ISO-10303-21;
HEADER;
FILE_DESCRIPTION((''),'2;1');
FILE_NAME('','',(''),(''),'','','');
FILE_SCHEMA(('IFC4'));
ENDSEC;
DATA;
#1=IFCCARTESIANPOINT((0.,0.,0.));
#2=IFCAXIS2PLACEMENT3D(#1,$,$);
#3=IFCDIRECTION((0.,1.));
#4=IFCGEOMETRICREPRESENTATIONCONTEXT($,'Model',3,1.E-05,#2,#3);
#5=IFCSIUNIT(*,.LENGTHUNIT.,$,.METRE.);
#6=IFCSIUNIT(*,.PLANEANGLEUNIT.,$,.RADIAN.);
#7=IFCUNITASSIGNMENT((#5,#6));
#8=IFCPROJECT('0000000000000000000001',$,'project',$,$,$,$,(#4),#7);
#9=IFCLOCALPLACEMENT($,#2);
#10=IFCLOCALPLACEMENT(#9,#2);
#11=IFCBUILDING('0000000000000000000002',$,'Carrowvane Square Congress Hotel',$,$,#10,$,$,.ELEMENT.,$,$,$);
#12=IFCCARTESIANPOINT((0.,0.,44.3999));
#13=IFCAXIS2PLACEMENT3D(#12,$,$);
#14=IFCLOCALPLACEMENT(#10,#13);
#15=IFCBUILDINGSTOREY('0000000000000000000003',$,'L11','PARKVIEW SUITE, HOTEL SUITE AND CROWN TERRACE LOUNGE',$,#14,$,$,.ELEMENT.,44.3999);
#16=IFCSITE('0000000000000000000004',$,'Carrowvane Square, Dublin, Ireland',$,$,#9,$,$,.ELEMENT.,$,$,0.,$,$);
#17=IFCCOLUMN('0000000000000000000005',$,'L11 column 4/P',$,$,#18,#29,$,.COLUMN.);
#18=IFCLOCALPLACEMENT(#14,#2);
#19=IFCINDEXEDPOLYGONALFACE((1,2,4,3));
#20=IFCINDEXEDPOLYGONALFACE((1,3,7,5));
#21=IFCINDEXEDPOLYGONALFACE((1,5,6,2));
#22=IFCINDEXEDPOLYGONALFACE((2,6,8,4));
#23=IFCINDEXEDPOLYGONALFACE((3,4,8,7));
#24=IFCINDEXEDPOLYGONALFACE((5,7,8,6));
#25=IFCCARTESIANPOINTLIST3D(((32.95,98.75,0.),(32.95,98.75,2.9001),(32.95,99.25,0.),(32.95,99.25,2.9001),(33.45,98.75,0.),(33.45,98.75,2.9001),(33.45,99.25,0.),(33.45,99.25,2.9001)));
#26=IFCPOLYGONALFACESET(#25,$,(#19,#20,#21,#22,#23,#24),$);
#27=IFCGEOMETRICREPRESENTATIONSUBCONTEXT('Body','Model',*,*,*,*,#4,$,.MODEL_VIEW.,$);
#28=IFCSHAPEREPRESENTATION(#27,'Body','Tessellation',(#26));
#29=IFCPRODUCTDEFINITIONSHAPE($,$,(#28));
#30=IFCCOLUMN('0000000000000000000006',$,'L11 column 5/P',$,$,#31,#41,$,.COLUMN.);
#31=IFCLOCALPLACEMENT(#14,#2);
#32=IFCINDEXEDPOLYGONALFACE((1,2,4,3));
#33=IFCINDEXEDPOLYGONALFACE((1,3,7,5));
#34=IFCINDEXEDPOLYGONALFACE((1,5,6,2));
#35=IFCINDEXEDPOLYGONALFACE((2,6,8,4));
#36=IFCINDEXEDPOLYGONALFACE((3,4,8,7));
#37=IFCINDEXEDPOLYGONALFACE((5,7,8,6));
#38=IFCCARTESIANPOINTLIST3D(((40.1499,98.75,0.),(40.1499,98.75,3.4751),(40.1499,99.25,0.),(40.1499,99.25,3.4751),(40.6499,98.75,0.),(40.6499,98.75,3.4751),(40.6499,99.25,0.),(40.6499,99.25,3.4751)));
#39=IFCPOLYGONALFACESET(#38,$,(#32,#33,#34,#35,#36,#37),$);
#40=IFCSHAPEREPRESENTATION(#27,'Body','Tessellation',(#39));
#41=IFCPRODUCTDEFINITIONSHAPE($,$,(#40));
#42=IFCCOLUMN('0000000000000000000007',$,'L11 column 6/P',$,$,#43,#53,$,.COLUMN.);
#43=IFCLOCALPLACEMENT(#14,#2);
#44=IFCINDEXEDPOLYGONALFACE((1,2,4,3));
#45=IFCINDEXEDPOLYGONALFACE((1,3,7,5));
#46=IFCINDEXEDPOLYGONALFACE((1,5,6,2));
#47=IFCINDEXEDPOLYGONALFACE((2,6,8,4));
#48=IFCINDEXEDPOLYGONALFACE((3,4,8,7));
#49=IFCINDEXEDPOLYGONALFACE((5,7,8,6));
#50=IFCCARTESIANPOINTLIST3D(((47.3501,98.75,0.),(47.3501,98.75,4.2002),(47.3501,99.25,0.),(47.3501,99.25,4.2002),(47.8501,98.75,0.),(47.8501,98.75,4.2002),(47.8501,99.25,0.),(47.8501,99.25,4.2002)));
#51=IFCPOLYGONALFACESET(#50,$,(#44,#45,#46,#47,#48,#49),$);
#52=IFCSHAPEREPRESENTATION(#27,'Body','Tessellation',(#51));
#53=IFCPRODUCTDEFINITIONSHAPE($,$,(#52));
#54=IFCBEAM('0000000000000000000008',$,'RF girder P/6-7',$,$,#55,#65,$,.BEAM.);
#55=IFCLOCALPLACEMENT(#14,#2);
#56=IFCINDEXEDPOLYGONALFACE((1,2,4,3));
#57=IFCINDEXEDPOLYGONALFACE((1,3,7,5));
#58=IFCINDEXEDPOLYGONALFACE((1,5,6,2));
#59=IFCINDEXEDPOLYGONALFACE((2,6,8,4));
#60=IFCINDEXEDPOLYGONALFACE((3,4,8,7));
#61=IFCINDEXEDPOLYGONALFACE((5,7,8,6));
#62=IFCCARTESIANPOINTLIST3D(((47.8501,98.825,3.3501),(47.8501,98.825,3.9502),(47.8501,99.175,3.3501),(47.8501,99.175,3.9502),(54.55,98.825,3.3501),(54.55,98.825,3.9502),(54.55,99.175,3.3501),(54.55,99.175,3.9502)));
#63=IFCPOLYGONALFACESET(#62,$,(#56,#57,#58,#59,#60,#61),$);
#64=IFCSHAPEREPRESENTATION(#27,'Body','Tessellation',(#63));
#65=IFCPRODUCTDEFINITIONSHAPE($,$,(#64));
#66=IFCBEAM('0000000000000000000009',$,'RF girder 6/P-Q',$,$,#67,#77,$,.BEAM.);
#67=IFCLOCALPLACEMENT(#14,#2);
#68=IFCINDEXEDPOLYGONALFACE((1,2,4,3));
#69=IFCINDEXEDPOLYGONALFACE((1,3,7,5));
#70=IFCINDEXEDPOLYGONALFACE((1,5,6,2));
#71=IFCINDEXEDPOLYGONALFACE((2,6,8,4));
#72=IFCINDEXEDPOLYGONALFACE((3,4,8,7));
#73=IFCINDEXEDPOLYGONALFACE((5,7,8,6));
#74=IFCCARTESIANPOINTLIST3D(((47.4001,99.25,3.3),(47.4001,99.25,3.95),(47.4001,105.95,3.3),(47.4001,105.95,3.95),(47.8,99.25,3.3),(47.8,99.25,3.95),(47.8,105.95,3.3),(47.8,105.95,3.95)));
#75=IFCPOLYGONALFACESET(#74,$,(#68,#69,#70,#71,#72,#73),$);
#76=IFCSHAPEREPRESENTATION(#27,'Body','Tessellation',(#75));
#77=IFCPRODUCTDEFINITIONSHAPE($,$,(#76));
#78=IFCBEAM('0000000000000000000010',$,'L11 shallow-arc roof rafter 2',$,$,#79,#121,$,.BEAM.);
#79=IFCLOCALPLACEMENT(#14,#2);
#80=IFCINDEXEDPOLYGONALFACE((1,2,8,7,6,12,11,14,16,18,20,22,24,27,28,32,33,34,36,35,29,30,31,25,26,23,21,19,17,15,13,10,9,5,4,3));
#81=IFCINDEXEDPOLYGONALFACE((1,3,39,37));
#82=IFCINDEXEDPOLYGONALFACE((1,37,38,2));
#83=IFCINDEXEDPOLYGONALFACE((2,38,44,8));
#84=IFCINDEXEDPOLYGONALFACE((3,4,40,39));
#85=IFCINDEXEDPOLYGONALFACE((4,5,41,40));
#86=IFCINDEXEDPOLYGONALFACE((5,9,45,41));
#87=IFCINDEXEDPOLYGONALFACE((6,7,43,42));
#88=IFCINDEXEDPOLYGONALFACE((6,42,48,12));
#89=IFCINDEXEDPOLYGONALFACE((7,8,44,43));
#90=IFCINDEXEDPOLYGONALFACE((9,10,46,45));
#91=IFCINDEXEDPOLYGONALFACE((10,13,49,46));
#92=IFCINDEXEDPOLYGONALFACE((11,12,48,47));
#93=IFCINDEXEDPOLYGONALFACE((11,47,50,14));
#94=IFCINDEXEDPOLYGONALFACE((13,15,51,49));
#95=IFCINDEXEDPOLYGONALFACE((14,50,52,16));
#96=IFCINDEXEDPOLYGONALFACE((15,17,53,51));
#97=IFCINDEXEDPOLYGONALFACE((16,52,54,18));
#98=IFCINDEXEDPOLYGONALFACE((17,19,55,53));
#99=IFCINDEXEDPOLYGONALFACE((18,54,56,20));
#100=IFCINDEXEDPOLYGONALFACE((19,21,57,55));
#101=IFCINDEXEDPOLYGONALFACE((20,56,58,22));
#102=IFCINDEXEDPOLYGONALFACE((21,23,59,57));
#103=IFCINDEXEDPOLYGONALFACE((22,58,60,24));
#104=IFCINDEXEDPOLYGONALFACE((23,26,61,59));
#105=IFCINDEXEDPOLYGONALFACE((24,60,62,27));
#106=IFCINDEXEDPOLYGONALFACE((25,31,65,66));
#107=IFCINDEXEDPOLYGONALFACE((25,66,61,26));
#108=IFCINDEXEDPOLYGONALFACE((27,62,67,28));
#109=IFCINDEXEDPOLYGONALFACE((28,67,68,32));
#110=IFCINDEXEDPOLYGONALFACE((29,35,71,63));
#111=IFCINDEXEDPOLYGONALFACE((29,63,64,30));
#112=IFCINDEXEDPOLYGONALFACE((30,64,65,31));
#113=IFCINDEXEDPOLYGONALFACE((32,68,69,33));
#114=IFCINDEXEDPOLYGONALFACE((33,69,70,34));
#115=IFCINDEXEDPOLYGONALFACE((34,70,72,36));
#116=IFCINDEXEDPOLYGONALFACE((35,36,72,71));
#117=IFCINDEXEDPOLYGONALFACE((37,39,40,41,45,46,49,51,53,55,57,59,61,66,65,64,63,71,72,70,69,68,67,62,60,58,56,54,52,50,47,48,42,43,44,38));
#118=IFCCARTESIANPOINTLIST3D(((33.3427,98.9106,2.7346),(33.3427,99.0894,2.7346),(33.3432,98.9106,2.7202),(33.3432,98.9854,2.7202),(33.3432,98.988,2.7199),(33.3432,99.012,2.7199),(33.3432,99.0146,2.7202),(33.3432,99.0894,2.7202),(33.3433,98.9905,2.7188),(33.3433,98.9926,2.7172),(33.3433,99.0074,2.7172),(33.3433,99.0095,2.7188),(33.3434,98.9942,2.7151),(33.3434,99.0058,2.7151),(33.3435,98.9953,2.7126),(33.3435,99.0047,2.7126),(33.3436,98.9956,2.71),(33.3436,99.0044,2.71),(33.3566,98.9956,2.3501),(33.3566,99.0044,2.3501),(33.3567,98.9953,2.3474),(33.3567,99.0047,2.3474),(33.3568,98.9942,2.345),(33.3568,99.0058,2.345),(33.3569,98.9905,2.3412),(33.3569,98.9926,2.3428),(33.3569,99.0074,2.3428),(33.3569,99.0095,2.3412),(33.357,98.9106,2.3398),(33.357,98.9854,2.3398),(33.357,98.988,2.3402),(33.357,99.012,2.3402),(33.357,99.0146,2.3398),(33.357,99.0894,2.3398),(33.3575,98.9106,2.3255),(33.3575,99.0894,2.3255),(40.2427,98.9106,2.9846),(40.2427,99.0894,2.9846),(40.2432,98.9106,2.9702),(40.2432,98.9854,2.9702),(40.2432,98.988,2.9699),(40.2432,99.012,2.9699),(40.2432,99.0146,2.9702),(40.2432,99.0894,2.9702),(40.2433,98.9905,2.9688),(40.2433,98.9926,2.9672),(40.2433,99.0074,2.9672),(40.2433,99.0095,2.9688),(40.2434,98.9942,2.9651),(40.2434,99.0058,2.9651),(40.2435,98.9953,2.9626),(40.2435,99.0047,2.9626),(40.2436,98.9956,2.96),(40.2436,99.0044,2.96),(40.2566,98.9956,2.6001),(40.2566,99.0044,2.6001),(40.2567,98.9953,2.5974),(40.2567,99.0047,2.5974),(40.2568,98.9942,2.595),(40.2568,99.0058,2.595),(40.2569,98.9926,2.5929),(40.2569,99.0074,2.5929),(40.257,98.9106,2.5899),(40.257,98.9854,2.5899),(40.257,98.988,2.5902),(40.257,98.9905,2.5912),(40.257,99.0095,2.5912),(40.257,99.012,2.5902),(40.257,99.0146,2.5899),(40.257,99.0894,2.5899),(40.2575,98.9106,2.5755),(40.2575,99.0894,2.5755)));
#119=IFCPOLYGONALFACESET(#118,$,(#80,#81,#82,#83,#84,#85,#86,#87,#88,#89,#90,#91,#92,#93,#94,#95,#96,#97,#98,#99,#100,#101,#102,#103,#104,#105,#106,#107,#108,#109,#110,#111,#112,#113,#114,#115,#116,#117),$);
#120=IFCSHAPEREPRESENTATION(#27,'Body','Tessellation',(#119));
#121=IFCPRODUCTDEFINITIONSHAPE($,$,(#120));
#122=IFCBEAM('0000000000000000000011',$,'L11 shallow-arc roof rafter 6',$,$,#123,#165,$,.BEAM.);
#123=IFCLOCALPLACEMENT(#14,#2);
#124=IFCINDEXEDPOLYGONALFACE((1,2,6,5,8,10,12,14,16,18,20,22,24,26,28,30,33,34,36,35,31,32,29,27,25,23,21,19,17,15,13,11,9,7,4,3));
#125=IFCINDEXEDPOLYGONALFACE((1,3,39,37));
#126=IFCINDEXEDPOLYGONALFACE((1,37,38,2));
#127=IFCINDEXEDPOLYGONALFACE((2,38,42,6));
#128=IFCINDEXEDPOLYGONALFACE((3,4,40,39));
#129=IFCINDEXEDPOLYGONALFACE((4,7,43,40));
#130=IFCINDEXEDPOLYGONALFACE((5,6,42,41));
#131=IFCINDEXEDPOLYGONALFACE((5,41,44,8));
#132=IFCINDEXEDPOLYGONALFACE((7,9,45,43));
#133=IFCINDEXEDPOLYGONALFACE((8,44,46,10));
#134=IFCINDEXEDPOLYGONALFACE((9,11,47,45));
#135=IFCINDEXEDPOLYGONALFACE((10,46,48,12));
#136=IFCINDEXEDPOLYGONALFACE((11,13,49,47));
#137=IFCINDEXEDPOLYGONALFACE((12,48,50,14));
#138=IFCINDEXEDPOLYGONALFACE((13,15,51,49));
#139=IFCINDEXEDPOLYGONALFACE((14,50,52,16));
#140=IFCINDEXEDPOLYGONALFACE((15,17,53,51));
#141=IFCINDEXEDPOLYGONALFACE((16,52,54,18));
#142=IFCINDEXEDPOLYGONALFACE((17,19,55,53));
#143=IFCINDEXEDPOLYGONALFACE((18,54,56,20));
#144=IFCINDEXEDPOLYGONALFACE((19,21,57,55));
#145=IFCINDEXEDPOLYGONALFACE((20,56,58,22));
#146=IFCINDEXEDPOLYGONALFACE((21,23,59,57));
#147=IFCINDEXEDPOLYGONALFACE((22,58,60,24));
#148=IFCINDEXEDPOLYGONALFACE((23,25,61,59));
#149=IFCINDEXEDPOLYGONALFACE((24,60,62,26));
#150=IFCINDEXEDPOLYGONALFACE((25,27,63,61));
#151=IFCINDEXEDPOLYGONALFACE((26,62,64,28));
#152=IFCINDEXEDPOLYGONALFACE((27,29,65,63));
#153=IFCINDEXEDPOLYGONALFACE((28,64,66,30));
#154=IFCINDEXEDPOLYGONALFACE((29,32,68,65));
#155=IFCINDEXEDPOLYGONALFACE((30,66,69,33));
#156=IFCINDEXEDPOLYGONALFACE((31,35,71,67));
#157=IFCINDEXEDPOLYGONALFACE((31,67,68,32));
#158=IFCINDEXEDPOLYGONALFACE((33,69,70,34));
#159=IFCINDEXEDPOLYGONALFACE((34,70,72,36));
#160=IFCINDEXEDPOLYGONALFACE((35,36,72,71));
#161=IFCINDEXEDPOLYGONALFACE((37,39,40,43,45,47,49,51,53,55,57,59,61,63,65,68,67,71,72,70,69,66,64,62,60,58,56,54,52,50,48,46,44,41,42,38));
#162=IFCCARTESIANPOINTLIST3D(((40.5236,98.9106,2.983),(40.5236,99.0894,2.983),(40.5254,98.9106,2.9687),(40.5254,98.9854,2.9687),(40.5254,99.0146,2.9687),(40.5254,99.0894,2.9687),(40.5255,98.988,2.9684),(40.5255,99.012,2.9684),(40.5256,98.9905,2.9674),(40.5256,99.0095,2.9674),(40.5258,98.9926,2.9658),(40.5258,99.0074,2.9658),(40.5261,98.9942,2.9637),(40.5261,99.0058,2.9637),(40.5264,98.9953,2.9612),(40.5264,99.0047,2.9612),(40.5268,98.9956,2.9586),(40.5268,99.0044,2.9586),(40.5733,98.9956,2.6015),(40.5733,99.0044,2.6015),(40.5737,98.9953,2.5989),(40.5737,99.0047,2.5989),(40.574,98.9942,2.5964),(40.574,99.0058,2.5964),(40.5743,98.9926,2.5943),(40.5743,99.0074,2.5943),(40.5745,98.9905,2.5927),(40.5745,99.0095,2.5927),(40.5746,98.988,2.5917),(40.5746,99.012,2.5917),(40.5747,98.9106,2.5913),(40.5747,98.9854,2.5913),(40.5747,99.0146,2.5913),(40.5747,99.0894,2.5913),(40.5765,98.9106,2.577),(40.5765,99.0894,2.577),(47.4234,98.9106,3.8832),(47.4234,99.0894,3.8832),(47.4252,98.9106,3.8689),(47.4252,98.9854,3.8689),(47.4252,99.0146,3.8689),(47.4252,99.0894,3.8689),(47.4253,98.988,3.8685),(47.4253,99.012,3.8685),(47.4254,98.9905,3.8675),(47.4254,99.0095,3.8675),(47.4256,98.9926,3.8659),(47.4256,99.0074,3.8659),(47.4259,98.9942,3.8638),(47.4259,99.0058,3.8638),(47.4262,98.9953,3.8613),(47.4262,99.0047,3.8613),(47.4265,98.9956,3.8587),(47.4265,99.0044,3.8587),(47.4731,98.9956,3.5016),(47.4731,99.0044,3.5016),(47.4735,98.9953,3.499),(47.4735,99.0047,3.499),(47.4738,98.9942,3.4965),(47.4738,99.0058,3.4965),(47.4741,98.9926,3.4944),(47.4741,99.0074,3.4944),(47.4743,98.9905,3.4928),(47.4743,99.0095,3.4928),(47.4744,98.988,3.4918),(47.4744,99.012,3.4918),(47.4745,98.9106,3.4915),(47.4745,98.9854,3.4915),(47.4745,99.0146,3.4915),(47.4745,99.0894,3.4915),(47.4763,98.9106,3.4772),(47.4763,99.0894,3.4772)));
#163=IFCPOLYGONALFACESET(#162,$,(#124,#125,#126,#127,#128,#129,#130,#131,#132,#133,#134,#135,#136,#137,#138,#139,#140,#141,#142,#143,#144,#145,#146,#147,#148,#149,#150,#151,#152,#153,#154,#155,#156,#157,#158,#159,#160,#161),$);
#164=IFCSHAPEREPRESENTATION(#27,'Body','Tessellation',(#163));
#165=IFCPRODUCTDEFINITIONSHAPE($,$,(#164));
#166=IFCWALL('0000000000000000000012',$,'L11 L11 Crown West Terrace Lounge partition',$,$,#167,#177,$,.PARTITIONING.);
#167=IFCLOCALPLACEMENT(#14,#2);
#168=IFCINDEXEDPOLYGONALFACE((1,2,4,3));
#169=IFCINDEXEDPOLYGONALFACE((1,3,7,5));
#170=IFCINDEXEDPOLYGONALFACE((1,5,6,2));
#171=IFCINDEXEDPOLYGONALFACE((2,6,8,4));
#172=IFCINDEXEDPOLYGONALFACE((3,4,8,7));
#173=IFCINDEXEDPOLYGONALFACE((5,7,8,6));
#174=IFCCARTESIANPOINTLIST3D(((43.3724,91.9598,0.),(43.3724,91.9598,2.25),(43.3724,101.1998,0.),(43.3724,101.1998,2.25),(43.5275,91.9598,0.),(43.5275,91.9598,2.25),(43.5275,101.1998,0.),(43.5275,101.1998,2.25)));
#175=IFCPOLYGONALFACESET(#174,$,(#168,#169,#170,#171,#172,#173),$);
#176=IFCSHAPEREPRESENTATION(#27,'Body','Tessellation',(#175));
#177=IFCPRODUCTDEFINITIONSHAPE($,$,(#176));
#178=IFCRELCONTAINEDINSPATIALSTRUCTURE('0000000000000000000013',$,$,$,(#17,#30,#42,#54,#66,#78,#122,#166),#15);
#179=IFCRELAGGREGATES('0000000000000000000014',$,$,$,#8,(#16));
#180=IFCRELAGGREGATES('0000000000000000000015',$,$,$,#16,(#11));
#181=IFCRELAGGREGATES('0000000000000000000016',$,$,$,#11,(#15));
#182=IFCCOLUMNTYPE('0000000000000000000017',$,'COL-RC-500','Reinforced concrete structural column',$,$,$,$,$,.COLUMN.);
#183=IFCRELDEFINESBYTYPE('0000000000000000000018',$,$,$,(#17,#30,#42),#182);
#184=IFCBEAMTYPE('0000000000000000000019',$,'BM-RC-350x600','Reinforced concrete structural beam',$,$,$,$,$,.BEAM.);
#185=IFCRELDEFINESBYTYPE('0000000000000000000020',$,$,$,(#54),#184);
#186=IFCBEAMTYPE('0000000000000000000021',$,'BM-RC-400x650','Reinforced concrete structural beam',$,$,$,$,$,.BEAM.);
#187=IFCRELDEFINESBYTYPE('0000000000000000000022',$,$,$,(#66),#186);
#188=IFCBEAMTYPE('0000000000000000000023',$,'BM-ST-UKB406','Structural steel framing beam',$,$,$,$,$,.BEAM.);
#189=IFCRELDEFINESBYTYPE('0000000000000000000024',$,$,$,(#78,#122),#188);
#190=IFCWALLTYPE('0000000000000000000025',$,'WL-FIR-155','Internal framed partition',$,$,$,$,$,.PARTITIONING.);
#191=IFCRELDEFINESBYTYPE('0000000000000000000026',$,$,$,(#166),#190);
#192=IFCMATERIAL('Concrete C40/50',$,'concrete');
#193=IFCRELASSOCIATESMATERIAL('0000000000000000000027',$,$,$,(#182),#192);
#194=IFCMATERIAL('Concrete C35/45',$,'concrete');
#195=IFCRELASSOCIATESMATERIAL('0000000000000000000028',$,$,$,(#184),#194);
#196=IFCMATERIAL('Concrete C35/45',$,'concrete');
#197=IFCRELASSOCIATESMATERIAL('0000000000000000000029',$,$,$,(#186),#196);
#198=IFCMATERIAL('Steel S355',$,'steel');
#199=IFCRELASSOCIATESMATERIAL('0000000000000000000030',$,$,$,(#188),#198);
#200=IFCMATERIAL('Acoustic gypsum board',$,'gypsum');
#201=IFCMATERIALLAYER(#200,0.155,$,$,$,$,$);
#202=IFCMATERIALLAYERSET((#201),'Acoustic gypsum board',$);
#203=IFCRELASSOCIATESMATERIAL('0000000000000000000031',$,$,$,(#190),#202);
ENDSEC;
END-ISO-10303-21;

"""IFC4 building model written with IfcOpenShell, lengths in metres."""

from ifc_helpers import new_model, si_unit, direction, frame, frame_2d, origin, origin_2d, place, context, subcontext, project, spatial, rectangle, i_section, extrude, material, layer, layer_set, material_profile, profile_set, type_object, element, save


model = new_model("IFC4")

# Units and contexts
model_context = context("Model", 3, precision=1e-05, world=origin(), true_north=direction((0.0, 1.0)))
body_context = subcontext(model_context, "Body", "Model", "MODEL_VIEW")
ifc_project = project(units=[si_unit("LENGTHUNIT", "METRE"), si_unit("PLANEANGLEUNIT", "RADIAN")], contexts=[model_context])

# Site, building, storey
site_placement = place(None, origin())
site = spatial("IfcSite", under=ifc_project, at=site_placement, Name="Carrowvane Square, Dublin, Ireland", CompositionType="ELEMENT", RefElevation=0.0)
building_placement = place(site_placement, origin())
building = spatial("IfcBuilding", under=site, at=building_placement, Name="Carrowvane Square Congress Hotel", CompositionType="ELEMENT")
storey_placement = place(building_placement, frame((0.0, 0.0, 44.3999)))
storey = spatial("IfcBuildingStorey", under=building, at=storey_placement, Name="L11", Description="PARKVIEW SUITE, HOTEL SUITE AND CROWN TERRACE LOUNGE", CompositionType="ELEMENT", Elevation=44.3999)

# Columns
ifc_material_1 = material(Name="Concrete C40/50", Category="concrete")
ifc_material_profile_1 = material_profile(ifc_material_1, rectangle(XDim=0.5, YDim=0.5, at=origin_2d()), Name="RC 500x500")
ifc_profile_set_1 = profile_set([ifc_material_profile_1], Name="Concrete C40/50")
column_type = type_object("IfcColumnType", Name="COL-RC-500", Description="Reinforced concrete structural column", PredefinedType="COLUMN", material=ifc_profile_set_1)
column_1_placement = place(storey_placement, frame((33.2, 99.0, 0.0), z_axis=(0.0, 0.0, 1.0), x_axis=(1.0, 0.0, 0.0)))
element("IfcColumn", 1, at=column_1_placement, inside=storey, type_object=column_type, Name="L11 column 4/P", PredefinedType="COLUMN", context=body_context, shape_type="SweptSolid", body=[
    extrude(rectangle(XDim=0.5, YDim=0.5, at=origin_2d()), origin(), (0.0, 0.0, 1.0), 2.9001),
])
column_2_placement = place(storey_placement, frame((40.3999, 99.0, 0.0), z_axis=(0.0, 0.0, 1.0), x_axis=(1.0, 0.0, 0.0)))
element("IfcColumn", 2, at=column_2_placement, inside=storey, type_object=column_type, Name="L11 column 5/P", PredefinedType="COLUMN", context=body_context, shape_type="SweptSolid", body=[
    extrude(rectangle(XDim=0.5, YDim=0.5, at=origin_2d()), origin(), (0.0, 0.0, 1.0), 3.4751),
])
column_3_placement = place(storey_placement, frame((47.6001, 99.0, 0.0), z_axis=(0.0, 0.0, 1.0), x_axis=(1.0, 0.0, 0.0)))
element("IfcColumn", 3, at=column_3_placement, inside=storey, type_object=column_type, Name="L11 column 6/P", PredefinedType="COLUMN", context=body_context, shape_type="SweptSolid", body=[
    extrude(rectangle(XDim=0.5, YDim=0.5, at=origin_2d()), origin(), (0.0, 0.0, 1.0), 4.2002),
])

# Beams
ifc_material_2 = material(Name="Concrete C35/45", Category="concrete")
ifc_material_profile_2 = material_profile(ifc_material_2, rectangle(XDim=0.3501, YDim=0.6001, at=origin_2d()), Name="RC 350x600")
ifc_profile_set_2 = profile_set([ifc_material_profile_2], Name="Concrete C35/45")
beam_type_1 = type_object("IfcBeamType", Name="BM-RC-350x600", Description="Reinforced concrete structural beam", PredefinedType="BEAM", material=ifc_profile_set_2)
beam_1_placement = place(storey_placement, frame((47.8501, 99.0, 3.6501), z_axis=(1.0, 0.0, 0.0), x_axis=(0.0, 1.0, 0.0)))
element("IfcBeam", 4, at=beam_1_placement, inside=storey, type_object=beam_type_1, Name="RF girder P/6-7", PredefinedType="BEAM", context=body_context, shape_type="SweptSolid", body=[
    extrude(rectangle(XDim=0.3501, YDim=0.6001, at=origin_2d()), origin(), (0.0, 0.0, 1.0), 6.7),
])
ifc_material_3 = material(Name="Concrete C35/45", Category="concrete")
ifc_material_profile_3 = material_profile(ifc_material_3, rectangle(XDim=0.3999, YDim=0.6499, at=origin_2d()), Name="RC 400x650")
ifc_profile_set_3 = profile_set([ifc_material_profile_3], Name="Concrete C35/45")
beam_type_2 = type_object("IfcBeamType", Name="BM-RC-400x650", Description="Reinforced concrete structural beam", PredefinedType="BEAM", material=ifc_profile_set_3)
beam_2_placement = place(storey_placement, frame((47.6001, 99.25, 3.625), z_axis=(0.0, 1.0, 0.0), x_axis=(-1.0, 0.0, 0.0)))
element("IfcBeam", 5, at=beam_2_placement, inside=storey, type_object=beam_type_2, Name="RF girder 6/P-Q", PredefinedType="BEAM", context=body_context, shape_type="SweptSolid", body=[
    extrude(rectangle(XDim=0.3999, YDim=0.6499, at=origin_2d()), origin(), (0.0, 0.0, 1.0), 6.7),
])
ifc_material_4 = material(Name="Steel S355", Category="steel")
ifc_material_profile_4 = material_profile(ifc_material_4, i_section(OverallWidth=0.1787, OverallDepth=0.4094, WebThickness=0.0088, FlangeThickness=0.0144, FilletRadius=0.0103, at=origin_2d()), Name="UKB 406x178x67")
ifc_profile_set_4 = profile_set([ifc_material_profile_4], Name="Steel S355")
beam_type_3 = type_object("IfcBeamType", Name="BM-ST-UKB406", Description="Structural steel framing beam", PredefinedType="BEAM", material=ifc_profile_set_4)
beam_3_placement = place(storey_placement, frame((33.3501, 99.0, 2.53), z_axis=(0.999344, 0.0, 0.036209), x_axis=(0.0, 1.0, 0.0)))
element("IfcBeam", 6, at=beam_3_placement, inside=storey, type_object=beam_type_3, Name="L11 shallow-arc roof rafter 2", PredefinedType="BEAM", context=body_context, shape_type="SweptSolid", body=[
    extrude(i_section(OverallWidth=0.1787, OverallDepth=0.4094, WebThickness=0.0088, FlangeThickness=0.0144, FilletRadius=0.0103, at=origin_2d()), origin(), (0.0, 0.0, 1.0), 6.9045),
])
beam_4_placement = place(storey_placement, frame((40.55, 99.0, 2.78), z_axis=(0.991597, 0.0, 0.129362), x_axis=(0.0, 1.0, 0.0)))
element("IfcBeam", 7, at=beam_4_placement, inside=storey, type_object=beam_type_3, Name="L11 shallow-arc roof rafter 6", PredefinedType="BEAM", context=body_context, shape_type="SweptSolid", body=[
    extrude(i_section(OverallWidth=0.1787, OverallDepth=0.4094, WebThickness=0.0088, FlangeThickness=0.0144, FilletRadius=0.0103, at=origin_2d()), origin(), (0.0, 0.0, 1.0), 6.9583),
])

# Wall
ifc_material_5 = material(Name="Acoustic gypsum board", Category="gypsum")
ifc_layer_1 = layer(ifc_material_5, 0.155)
ifc_layer_set_1 = layer_set([ifc_layer_1], Name="Acoustic gypsum board")
wall_type_1 = type_object("IfcWallType", Name="WL-FIR-155", Description="Internal framed partition", PredefinedType="PARTITIONING", material=ifc_layer_set_1)
wall_1_placement = place(storey_placement, frame((43.45, 101.2, 0.0), z_axis=(0.0, 0.0, 1.0), x_axis=(0.0, -1.0, 0.0)))
element("IfcWall", 8, at=wall_1_placement, inside=storey, type_object=wall_type_1, Name="L11 L11 Crown West Terrace Lounge partition", PredefinedType="PARTITIONING", context=body_context, shape_type="SweptSolid", body=[
    extrude(rectangle(XDim=9.24, YDim=0.155, at=frame_2d((4.6201, 0.0))), origin(), (0.0, 0.0, 1.0), 2.25),
])

save(model, "model.ifc")
